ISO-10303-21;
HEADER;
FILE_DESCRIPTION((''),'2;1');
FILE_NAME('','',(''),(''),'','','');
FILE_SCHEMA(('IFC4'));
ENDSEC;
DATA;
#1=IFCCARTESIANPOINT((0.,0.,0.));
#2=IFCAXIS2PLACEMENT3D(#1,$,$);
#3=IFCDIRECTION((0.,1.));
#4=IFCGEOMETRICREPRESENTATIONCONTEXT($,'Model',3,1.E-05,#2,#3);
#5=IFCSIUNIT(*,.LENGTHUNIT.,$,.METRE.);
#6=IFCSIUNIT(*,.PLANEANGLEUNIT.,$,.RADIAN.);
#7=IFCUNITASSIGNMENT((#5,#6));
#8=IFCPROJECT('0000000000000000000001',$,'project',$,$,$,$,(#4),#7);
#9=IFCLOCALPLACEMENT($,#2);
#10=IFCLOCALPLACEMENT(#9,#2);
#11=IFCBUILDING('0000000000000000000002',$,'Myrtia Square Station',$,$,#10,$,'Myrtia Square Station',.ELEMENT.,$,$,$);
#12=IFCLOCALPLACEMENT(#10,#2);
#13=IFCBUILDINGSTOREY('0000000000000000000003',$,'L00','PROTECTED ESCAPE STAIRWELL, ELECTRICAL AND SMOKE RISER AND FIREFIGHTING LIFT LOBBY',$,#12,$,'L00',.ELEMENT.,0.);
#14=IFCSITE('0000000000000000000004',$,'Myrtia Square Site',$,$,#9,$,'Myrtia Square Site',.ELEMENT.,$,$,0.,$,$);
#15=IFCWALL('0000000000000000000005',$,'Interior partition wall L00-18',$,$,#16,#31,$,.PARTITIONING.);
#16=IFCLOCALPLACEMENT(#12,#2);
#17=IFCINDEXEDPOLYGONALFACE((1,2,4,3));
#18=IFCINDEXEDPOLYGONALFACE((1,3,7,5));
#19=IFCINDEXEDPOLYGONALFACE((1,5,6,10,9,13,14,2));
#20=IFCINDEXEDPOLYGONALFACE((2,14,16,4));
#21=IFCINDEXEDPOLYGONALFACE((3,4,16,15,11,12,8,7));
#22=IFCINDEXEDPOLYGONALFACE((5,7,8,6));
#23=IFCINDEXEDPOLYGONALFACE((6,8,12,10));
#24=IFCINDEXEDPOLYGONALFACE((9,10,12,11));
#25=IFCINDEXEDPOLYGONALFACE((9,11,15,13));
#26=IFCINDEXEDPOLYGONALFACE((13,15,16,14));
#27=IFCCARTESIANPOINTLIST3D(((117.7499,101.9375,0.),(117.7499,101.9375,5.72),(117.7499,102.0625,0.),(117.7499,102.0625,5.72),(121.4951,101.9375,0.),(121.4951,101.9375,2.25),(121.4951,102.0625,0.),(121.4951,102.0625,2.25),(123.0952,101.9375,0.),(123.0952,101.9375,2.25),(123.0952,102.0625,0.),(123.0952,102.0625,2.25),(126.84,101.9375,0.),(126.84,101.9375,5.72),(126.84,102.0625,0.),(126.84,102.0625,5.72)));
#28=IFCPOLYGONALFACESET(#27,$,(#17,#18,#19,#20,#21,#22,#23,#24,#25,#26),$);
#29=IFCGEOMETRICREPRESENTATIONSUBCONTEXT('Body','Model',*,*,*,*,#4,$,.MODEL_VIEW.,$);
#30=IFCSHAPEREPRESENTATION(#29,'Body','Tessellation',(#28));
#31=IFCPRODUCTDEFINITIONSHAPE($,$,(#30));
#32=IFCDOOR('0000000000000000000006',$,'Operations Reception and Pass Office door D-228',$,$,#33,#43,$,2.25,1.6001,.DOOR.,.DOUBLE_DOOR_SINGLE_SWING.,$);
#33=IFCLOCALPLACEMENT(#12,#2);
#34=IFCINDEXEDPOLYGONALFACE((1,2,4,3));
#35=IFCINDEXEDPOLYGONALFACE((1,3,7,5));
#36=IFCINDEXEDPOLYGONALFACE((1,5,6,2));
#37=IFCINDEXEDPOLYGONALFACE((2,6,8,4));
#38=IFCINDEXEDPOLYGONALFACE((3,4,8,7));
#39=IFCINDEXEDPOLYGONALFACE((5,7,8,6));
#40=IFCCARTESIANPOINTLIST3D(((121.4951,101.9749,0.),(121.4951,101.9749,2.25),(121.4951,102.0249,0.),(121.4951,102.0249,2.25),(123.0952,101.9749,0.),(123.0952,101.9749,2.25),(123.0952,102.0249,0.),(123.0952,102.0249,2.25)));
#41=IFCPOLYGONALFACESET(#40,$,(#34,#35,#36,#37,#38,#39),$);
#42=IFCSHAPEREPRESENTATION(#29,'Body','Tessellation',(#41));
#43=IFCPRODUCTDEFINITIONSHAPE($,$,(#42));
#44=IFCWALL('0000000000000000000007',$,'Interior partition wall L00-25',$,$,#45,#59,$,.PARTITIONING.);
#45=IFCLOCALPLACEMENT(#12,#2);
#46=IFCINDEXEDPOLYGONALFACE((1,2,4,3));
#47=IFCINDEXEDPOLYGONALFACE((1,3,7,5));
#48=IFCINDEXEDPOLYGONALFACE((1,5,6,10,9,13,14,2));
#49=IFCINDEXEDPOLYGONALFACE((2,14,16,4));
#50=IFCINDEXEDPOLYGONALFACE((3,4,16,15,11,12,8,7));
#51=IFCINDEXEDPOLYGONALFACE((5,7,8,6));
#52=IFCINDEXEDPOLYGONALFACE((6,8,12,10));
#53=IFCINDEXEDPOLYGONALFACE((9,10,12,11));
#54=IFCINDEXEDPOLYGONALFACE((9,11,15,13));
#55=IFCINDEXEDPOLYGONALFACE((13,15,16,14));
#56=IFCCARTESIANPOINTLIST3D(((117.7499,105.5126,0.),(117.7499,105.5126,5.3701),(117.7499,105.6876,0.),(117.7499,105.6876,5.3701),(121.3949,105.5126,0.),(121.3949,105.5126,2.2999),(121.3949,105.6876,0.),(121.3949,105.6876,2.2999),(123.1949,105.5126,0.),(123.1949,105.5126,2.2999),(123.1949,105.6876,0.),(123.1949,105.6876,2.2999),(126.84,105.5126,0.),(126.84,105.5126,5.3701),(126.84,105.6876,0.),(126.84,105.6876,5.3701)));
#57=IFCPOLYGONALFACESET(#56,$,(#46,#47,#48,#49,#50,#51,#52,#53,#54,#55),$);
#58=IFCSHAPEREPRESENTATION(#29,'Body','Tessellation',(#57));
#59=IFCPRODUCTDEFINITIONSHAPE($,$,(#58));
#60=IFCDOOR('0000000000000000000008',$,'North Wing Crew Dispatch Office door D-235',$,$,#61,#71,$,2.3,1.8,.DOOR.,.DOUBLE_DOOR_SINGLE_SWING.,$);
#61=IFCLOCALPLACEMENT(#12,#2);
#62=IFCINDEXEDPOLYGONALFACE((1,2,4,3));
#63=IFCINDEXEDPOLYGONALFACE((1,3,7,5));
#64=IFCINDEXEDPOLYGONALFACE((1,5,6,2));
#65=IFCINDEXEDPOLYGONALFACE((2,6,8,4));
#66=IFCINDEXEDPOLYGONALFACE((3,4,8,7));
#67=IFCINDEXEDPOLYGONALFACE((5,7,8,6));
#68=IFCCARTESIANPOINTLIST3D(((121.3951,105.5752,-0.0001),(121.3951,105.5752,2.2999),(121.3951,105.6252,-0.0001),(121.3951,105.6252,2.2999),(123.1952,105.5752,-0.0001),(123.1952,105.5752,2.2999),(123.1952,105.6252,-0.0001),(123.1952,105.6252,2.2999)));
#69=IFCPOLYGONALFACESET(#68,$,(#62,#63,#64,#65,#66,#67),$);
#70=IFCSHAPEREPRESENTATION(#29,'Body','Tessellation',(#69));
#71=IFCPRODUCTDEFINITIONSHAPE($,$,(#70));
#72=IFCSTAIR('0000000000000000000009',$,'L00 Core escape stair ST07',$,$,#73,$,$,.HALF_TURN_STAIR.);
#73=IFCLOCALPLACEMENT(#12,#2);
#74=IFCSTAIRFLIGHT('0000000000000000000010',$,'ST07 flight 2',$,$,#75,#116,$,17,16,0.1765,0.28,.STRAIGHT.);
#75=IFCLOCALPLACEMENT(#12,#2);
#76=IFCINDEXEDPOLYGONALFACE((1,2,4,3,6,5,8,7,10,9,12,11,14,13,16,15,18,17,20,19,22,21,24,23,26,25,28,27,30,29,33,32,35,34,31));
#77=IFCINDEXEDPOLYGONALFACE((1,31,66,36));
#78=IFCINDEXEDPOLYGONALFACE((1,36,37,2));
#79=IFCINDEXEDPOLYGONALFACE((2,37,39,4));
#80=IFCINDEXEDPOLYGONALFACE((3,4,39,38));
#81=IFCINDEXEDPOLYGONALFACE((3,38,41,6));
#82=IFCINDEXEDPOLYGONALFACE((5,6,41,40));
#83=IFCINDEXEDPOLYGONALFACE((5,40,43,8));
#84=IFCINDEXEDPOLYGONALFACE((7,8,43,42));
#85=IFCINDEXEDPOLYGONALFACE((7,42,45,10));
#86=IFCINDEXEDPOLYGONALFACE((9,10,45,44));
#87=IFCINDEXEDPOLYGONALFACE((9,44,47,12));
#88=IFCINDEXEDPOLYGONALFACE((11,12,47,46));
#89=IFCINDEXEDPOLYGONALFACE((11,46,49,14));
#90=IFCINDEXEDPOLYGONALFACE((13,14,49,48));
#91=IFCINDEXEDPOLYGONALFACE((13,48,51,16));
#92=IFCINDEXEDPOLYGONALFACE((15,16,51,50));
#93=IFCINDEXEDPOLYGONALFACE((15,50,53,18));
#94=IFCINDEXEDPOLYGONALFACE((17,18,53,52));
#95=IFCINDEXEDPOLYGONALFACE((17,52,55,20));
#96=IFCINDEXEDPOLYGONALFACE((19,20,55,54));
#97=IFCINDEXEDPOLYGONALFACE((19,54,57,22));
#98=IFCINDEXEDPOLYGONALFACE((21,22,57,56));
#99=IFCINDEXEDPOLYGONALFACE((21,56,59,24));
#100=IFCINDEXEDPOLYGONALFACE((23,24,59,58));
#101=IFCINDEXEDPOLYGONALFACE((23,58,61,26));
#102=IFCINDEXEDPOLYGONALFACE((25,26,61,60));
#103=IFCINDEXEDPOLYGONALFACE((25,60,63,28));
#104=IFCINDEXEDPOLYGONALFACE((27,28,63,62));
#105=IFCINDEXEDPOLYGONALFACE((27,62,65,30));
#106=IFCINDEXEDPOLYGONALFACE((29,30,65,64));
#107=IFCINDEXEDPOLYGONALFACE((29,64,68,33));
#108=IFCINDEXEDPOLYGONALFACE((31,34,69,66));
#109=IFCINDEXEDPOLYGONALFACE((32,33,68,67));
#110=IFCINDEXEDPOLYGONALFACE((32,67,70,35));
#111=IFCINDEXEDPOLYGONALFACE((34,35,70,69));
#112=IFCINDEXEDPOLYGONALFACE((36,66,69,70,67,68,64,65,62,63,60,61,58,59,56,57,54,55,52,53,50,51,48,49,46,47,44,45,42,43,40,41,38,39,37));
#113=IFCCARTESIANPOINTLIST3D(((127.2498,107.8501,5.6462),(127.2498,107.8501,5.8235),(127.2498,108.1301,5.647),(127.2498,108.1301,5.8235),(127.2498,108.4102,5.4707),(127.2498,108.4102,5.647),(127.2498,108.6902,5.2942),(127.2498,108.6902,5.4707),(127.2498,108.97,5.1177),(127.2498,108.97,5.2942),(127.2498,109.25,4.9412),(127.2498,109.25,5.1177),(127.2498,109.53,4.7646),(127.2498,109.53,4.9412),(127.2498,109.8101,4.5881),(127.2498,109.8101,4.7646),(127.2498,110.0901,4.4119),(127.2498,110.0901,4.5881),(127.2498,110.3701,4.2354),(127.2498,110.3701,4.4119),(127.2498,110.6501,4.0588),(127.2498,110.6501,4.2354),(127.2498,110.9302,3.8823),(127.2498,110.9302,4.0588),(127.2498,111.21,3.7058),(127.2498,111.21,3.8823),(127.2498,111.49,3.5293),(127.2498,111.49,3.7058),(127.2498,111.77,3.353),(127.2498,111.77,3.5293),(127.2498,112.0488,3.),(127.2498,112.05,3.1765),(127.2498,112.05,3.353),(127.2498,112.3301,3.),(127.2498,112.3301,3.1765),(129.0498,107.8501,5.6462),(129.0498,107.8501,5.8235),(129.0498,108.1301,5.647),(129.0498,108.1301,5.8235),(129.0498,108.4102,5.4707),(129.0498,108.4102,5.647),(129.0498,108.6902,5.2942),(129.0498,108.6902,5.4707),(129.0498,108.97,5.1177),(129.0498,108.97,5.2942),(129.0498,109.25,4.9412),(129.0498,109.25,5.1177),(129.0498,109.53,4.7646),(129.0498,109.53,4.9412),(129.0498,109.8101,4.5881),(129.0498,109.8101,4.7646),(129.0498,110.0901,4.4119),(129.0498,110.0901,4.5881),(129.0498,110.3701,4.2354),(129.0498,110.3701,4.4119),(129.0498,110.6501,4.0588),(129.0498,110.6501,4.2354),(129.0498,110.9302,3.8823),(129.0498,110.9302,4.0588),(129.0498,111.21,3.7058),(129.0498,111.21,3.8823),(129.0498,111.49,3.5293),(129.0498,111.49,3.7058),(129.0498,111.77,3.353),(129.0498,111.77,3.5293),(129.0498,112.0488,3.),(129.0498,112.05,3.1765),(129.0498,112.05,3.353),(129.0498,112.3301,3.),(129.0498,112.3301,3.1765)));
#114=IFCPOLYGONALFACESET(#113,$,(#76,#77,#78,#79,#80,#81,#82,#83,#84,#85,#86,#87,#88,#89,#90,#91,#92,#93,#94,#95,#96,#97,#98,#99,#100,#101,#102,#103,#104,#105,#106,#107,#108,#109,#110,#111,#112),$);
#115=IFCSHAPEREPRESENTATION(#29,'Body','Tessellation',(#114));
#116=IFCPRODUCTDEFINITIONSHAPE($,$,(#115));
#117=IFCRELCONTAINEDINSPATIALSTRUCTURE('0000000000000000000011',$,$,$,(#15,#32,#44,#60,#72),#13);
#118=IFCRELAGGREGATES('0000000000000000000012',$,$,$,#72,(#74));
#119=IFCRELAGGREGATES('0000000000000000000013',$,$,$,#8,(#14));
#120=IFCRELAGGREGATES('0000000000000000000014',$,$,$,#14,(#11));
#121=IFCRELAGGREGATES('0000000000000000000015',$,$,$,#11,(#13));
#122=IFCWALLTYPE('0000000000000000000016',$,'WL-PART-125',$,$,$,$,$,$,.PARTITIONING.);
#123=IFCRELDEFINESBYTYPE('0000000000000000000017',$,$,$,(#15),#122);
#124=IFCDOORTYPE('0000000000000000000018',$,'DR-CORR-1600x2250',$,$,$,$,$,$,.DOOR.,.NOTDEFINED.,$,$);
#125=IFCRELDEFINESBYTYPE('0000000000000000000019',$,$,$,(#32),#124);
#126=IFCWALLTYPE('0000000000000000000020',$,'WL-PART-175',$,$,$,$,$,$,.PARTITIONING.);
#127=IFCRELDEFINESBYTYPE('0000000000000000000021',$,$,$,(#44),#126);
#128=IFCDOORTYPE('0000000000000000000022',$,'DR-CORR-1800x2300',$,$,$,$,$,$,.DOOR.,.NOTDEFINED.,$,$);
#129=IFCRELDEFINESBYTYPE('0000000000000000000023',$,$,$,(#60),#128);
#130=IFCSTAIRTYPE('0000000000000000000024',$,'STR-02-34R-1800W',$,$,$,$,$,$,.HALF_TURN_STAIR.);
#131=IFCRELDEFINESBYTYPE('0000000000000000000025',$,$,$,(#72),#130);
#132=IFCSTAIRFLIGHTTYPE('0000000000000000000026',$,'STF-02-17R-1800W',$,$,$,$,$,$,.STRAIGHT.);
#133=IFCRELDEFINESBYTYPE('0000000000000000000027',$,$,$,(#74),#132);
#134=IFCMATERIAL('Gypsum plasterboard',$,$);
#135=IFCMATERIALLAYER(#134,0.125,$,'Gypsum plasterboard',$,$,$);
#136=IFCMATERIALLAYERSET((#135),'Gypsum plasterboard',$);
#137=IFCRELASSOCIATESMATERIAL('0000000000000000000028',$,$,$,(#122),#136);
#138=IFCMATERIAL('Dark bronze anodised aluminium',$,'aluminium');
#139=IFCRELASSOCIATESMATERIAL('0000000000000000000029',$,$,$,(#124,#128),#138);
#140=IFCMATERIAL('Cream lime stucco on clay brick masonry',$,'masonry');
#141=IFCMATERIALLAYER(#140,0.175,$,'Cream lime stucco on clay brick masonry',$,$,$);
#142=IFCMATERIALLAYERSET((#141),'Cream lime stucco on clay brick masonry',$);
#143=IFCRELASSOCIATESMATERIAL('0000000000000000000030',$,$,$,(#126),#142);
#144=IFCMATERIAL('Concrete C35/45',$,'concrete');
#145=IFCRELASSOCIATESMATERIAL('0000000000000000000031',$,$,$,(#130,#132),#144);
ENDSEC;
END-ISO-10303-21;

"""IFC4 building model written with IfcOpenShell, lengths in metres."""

from ifc_helpers import new_model, si_unit, direction, frame, frame_2d, origin, place, context, subcontext, project, spatial, polyline, rectangle, outline, extrude, material, layer, layer_set, type_object, element, fill, aggregate, save


model = new_model("IFC4")

# Units and contexts
model_context = context("Model", 3, precision=1e-05, world=origin(), true_north=direction((0.0, 1.0)))
body_context = subcontext(model_context, "Body", "Model", "MODEL_VIEW")
ifc_project = project(units=[si_unit("LENGTHUNIT", "METRE"), si_unit("PLANEANGLEUNIT", "RADIAN")], contexts=[model_context])

# Site, building, storey
site_placement = place(None, origin())
site = spatial("IfcSite", under=ifc_project, at=site_placement, Name="Myrtia Square Site", LongName="Myrtia Square Site", CompositionType="ELEMENT", RefElevation=0.0)
building_placement = place(site_placement, origin())
building = spatial("IfcBuilding", under=site, at=building_placement, Name="Myrtia Square Station", LongName="Myrtia Square Station", CompositionType="ELEMENT")
storey_placement = place(building_placement, origin())
storey = spatial("IfcBuildingStorey", under=building, at=storey_placement, Name="L00", Description="PROTECTED ESCAPE STAIRWELL, ELECTRICAL AND SMOKE RISER AND FIREFIGHTING LIFT LOBBY", LongName="L00", CompositionType="ELEMENT", Elevation=0.0)

# Shared definitions
ifc_material_1 = material(Name="Concrete C35/45", Category="concrete")
ifc_material_2 = material(Name="Dark bronze anodised aluminium", Category="aluminium")

# Walls, openings, doors
ifc_material_3 = material(Name="Gypsum plasterboard")
ifc_layer_1 = layer(ifc_material_3, 0.125, Name="Gypsum plasterboard")
ifc_layer_set_1 = layer_set([ifc_layer_1], Name="Gypsum plasterboard")
wall_type_1 = type_object("IfcWallType", Name="WL-PART-125", PredefinedType="PARTITIONING", material=ifc_layer_set_1)
wall_1_placement = place(storey_placement, frame((117.75, 102.0, 0.0), z_axis=(0.0, 0.0, 1.0), x_axis=(1.0, 0.0, 0.0)))
wall_1 = element("IfcWall", 1, at=wall_1_placement, inside=storey, type_object=wall_type_1, Name="Interior partition wall L00-18", PredefinedType="PARTITIONING", context=body_context, shape_type="SweptSolid", body=[
    extrude(rectangle(XDim=9.0901, YDim=0.125, at=frame_2d((4.5449, 0.0))), origin(), (0.0, 0.0, 1.0), 5.72),
])
opening_1_placement = place(wall_1_placement, frame((3.7451, 0.0, 0.0)))
opening_1 = element("IfcOpeningElement", 2, at=opening_1_placement, cuts=wall_1, PredefinedType="OPENING", context=body_context, shape_type="SweptSolid", body=[
    extrude(rectangle(XDim=1.6001, YDim=2.25, at=frame_2d((0.8, 1.125))), frame((0.0, 0.0774, 0.0), z_axis=(0.0, -1.0, 0.0), x_axis=(1.0, 0.0, 0.0)), (0.0, 0.0, 1.0), 0.155),
])
door_type_1 = type_object("IfcDoorType", Name="DR-CORR-1600x2250", OperationType="NOTDEFINED", PredefinedType="DOOR", material=ifc_material_2)
door_1_placement = place(opening_1_placement, origin())
door_1 = element("IfcDoor", 3, at=door_1_placement, inside=storey, type_object=door_type_1, Name="Operations Reception and Pass Office door D-228", OperationType="DOUBLE_DOOR_SINGLE_SWING", OverallHeight=2.25, OverallWidth=1.6001, PredefinedType="DOOR", context=body_context, shape_type="SweptSolid", body=[
    extrude(rectangle(XDim=1.6001, YDim=2.25, at=frame_2d((0.8, 1.125))), frame((0.0, 0.0249, 0.0), z_axis=(0.0, -1.0, 0.0), x_axis=(1.0, 0.0, 0.0)), (0.0, 0.0, 1.0), 0.05),
])
fill(opening_1, door_1)
ifc_material_4 = material(Name="Cream lime stucco on clay brick masonry", Category="masonry")
ifc_layer_2 = layer(ifc_material_4, 0.175, Name="Cream lime stucco on clay brick masonry")
ifc_layer_set_2 = layer_set([ifc_layer_2], Name="Cream lime stucco on clay brick masonry")
wall_type_2 = type_object("IfcWallType", Name="WL-PART-175", PredefinedType="PARTITIONING", material=ifc_layer_set_2)
wall_2_placement = place(storey_placement, frame((117.75, 105.6001, 0.0), z_axis=(0.0, 0.0, 1.0), x_axis=(1.0, 0.0, 0.0)))
wall_2 = element("IfcWall", 4, at=wall_2_placement, inside=storey, type_object=wall_type_2, Name="Interior partition wall L00-25", PredefinedType="PARTITIONING", context=body_context, shape_type="SweptSolid", body=[
    extrude(rectangle(XDim=9.0901, YDim=0.175, at=frame_2d((4.5449, 0.0))), origin(), (0.0, 0.0, 1.0), 5.3701),
])
opening_2_placement = place(wall_2_placement, frame((3.645, 0.0, 0.0)))
opening_2 = element("IfcOpeningElement", 5, at=opening_2_placement, cuts=wall_2, PredefinedType="OPENING", context=body_context, shape_type="SweptSolid", body=[
    extrude(rectangle(XDim=1.8, YDim=2.3, at=frame_2d((0.8999, 1.1499))), frame((0.0, 0.1025, 0.0), z_axis=(0.0, -1.0, 0.0), x_axis=(1.0, 0.0, 0.0)), (0.0, 0.0, 1.0), 0.2051),
])
door_type_2 = type_object("IfcDoorType", Name="DR-CORR-1800x2300", OperationType="NOTDEFINED", PredefinedType="DOOR", material=ifc_material_2)
door_2_placement = place(opening_2_placement, frame((1.8, 0.0, 0.0), z_axis=(0.0, 0.0, 1.0), x_axis=(-1.0, 0.0, 0.0)))
door_2 = element("IfcDoor", 6, at=door_2_placement, inside=storey, type_object=door_type_2, Name="North Wing Crew Dispatch Office door D-235", OperationType="DOUBLE_DOOR_SINGLE_SWING", OverallHeight=2.3, OverallWidth=1.8, PredefinedType="DOOR", context=body_context, shape_type="SweptSolid", body=[
    extrude(rectangle(XDim=1.8, YDim=2.3, at=frame_2d((0.8999, 1.1499))), frame((0.0, 0.0249, 0.0), z_axis=(0.0, -1.0, 0.0), x_axis=(1.0, 0.0, 0.0)), (0.0, 0.0, 1.0), 0.05),
])
fill(opening_2, door_2)

# Stair, stair flight
stair_type = type_object("IfcStairType", Name="STR-02-34R-1800W", PredefinedType="HALF_TURN_STAIR", material=ifc_material_1)
stair_placement = place(storey_placement, origin())
stair = element("IfcStair", 7, at=stair_placement, inside=storey, type_object=stair_type, Name="L00 Core escape stair ST07", PredefinedType="HALF_TURN_STAIR")
stair_flight_type = type_object("IfcStairFlightType", Name="STF-02-17R-1800W", PredefinedType="STRAIGHT", material=ifc_material_1)
stair_flight_placement = place(storey_placement, frame((128.1499, 112.3301, 3.0), z_axis=(0.0, 0.0, 1.0), x_axis=(0.0, -1.0, 0.0)))
stair_flight = element("IfcStairFlight", 8, at=stair_flight_placement, type_object=stair_flight_type, Name="ST07 flight 2", NumberOfRisers=17, NumberOfTreads=16, PredefinedType="STRAIGHT", RiserHeight=0.1765, TreadLength=0.28, context=body_context, shape_type="SweptSolid", body=[
    extrude(outline(polyline([(0.0, 0.0), (0.0, 0.1765), (0.28, 0.1765), (0.28, 0.353), (0.5601, 0.353), (0.5601, 0.5293), (0.8401, 0.5293), (0.8401, 0.7058), (1.1201, 0.7058), (1.1201, 0.8823), (1.3999, 0.8823), (1.3999, 1.0588), (1.6799, 1.0588), (1.6799, 1.2354), (1.96, 1.2354), (1.96, 1.4119), (2.24, 1.4119), (2.24, 1.5881), (2.52, 1.5881), (2.52, 1.7646), (2.8, 1.7646), (2.8, 1.9412), (3.0801, 1.9412), (3.0801, 2.1177), (3.3601, 2.1177), (3.3601, 2.2942), (3.6399, 2.2942), (3.6399, 2.4707), (3.9199, 2.4707), (3.9199, 2.647), (4.2, 2.647), (4.2, 2.8235), (4.48, 2.8235), (4.48, 3.0), (4.48, 2.6462), (0.2812, 0.0), (0.0, 0.0)])), frame((0.0, 0.8999, 0.0), z_axis=(0.0, -1.0, 0.0), x_axis=(1.0, 0.0, 0.0)), (0.0, 0.0, 1.0), 1.8),
])
aggregate(stair, [stair_flight])

save(model, "model.ifc")
